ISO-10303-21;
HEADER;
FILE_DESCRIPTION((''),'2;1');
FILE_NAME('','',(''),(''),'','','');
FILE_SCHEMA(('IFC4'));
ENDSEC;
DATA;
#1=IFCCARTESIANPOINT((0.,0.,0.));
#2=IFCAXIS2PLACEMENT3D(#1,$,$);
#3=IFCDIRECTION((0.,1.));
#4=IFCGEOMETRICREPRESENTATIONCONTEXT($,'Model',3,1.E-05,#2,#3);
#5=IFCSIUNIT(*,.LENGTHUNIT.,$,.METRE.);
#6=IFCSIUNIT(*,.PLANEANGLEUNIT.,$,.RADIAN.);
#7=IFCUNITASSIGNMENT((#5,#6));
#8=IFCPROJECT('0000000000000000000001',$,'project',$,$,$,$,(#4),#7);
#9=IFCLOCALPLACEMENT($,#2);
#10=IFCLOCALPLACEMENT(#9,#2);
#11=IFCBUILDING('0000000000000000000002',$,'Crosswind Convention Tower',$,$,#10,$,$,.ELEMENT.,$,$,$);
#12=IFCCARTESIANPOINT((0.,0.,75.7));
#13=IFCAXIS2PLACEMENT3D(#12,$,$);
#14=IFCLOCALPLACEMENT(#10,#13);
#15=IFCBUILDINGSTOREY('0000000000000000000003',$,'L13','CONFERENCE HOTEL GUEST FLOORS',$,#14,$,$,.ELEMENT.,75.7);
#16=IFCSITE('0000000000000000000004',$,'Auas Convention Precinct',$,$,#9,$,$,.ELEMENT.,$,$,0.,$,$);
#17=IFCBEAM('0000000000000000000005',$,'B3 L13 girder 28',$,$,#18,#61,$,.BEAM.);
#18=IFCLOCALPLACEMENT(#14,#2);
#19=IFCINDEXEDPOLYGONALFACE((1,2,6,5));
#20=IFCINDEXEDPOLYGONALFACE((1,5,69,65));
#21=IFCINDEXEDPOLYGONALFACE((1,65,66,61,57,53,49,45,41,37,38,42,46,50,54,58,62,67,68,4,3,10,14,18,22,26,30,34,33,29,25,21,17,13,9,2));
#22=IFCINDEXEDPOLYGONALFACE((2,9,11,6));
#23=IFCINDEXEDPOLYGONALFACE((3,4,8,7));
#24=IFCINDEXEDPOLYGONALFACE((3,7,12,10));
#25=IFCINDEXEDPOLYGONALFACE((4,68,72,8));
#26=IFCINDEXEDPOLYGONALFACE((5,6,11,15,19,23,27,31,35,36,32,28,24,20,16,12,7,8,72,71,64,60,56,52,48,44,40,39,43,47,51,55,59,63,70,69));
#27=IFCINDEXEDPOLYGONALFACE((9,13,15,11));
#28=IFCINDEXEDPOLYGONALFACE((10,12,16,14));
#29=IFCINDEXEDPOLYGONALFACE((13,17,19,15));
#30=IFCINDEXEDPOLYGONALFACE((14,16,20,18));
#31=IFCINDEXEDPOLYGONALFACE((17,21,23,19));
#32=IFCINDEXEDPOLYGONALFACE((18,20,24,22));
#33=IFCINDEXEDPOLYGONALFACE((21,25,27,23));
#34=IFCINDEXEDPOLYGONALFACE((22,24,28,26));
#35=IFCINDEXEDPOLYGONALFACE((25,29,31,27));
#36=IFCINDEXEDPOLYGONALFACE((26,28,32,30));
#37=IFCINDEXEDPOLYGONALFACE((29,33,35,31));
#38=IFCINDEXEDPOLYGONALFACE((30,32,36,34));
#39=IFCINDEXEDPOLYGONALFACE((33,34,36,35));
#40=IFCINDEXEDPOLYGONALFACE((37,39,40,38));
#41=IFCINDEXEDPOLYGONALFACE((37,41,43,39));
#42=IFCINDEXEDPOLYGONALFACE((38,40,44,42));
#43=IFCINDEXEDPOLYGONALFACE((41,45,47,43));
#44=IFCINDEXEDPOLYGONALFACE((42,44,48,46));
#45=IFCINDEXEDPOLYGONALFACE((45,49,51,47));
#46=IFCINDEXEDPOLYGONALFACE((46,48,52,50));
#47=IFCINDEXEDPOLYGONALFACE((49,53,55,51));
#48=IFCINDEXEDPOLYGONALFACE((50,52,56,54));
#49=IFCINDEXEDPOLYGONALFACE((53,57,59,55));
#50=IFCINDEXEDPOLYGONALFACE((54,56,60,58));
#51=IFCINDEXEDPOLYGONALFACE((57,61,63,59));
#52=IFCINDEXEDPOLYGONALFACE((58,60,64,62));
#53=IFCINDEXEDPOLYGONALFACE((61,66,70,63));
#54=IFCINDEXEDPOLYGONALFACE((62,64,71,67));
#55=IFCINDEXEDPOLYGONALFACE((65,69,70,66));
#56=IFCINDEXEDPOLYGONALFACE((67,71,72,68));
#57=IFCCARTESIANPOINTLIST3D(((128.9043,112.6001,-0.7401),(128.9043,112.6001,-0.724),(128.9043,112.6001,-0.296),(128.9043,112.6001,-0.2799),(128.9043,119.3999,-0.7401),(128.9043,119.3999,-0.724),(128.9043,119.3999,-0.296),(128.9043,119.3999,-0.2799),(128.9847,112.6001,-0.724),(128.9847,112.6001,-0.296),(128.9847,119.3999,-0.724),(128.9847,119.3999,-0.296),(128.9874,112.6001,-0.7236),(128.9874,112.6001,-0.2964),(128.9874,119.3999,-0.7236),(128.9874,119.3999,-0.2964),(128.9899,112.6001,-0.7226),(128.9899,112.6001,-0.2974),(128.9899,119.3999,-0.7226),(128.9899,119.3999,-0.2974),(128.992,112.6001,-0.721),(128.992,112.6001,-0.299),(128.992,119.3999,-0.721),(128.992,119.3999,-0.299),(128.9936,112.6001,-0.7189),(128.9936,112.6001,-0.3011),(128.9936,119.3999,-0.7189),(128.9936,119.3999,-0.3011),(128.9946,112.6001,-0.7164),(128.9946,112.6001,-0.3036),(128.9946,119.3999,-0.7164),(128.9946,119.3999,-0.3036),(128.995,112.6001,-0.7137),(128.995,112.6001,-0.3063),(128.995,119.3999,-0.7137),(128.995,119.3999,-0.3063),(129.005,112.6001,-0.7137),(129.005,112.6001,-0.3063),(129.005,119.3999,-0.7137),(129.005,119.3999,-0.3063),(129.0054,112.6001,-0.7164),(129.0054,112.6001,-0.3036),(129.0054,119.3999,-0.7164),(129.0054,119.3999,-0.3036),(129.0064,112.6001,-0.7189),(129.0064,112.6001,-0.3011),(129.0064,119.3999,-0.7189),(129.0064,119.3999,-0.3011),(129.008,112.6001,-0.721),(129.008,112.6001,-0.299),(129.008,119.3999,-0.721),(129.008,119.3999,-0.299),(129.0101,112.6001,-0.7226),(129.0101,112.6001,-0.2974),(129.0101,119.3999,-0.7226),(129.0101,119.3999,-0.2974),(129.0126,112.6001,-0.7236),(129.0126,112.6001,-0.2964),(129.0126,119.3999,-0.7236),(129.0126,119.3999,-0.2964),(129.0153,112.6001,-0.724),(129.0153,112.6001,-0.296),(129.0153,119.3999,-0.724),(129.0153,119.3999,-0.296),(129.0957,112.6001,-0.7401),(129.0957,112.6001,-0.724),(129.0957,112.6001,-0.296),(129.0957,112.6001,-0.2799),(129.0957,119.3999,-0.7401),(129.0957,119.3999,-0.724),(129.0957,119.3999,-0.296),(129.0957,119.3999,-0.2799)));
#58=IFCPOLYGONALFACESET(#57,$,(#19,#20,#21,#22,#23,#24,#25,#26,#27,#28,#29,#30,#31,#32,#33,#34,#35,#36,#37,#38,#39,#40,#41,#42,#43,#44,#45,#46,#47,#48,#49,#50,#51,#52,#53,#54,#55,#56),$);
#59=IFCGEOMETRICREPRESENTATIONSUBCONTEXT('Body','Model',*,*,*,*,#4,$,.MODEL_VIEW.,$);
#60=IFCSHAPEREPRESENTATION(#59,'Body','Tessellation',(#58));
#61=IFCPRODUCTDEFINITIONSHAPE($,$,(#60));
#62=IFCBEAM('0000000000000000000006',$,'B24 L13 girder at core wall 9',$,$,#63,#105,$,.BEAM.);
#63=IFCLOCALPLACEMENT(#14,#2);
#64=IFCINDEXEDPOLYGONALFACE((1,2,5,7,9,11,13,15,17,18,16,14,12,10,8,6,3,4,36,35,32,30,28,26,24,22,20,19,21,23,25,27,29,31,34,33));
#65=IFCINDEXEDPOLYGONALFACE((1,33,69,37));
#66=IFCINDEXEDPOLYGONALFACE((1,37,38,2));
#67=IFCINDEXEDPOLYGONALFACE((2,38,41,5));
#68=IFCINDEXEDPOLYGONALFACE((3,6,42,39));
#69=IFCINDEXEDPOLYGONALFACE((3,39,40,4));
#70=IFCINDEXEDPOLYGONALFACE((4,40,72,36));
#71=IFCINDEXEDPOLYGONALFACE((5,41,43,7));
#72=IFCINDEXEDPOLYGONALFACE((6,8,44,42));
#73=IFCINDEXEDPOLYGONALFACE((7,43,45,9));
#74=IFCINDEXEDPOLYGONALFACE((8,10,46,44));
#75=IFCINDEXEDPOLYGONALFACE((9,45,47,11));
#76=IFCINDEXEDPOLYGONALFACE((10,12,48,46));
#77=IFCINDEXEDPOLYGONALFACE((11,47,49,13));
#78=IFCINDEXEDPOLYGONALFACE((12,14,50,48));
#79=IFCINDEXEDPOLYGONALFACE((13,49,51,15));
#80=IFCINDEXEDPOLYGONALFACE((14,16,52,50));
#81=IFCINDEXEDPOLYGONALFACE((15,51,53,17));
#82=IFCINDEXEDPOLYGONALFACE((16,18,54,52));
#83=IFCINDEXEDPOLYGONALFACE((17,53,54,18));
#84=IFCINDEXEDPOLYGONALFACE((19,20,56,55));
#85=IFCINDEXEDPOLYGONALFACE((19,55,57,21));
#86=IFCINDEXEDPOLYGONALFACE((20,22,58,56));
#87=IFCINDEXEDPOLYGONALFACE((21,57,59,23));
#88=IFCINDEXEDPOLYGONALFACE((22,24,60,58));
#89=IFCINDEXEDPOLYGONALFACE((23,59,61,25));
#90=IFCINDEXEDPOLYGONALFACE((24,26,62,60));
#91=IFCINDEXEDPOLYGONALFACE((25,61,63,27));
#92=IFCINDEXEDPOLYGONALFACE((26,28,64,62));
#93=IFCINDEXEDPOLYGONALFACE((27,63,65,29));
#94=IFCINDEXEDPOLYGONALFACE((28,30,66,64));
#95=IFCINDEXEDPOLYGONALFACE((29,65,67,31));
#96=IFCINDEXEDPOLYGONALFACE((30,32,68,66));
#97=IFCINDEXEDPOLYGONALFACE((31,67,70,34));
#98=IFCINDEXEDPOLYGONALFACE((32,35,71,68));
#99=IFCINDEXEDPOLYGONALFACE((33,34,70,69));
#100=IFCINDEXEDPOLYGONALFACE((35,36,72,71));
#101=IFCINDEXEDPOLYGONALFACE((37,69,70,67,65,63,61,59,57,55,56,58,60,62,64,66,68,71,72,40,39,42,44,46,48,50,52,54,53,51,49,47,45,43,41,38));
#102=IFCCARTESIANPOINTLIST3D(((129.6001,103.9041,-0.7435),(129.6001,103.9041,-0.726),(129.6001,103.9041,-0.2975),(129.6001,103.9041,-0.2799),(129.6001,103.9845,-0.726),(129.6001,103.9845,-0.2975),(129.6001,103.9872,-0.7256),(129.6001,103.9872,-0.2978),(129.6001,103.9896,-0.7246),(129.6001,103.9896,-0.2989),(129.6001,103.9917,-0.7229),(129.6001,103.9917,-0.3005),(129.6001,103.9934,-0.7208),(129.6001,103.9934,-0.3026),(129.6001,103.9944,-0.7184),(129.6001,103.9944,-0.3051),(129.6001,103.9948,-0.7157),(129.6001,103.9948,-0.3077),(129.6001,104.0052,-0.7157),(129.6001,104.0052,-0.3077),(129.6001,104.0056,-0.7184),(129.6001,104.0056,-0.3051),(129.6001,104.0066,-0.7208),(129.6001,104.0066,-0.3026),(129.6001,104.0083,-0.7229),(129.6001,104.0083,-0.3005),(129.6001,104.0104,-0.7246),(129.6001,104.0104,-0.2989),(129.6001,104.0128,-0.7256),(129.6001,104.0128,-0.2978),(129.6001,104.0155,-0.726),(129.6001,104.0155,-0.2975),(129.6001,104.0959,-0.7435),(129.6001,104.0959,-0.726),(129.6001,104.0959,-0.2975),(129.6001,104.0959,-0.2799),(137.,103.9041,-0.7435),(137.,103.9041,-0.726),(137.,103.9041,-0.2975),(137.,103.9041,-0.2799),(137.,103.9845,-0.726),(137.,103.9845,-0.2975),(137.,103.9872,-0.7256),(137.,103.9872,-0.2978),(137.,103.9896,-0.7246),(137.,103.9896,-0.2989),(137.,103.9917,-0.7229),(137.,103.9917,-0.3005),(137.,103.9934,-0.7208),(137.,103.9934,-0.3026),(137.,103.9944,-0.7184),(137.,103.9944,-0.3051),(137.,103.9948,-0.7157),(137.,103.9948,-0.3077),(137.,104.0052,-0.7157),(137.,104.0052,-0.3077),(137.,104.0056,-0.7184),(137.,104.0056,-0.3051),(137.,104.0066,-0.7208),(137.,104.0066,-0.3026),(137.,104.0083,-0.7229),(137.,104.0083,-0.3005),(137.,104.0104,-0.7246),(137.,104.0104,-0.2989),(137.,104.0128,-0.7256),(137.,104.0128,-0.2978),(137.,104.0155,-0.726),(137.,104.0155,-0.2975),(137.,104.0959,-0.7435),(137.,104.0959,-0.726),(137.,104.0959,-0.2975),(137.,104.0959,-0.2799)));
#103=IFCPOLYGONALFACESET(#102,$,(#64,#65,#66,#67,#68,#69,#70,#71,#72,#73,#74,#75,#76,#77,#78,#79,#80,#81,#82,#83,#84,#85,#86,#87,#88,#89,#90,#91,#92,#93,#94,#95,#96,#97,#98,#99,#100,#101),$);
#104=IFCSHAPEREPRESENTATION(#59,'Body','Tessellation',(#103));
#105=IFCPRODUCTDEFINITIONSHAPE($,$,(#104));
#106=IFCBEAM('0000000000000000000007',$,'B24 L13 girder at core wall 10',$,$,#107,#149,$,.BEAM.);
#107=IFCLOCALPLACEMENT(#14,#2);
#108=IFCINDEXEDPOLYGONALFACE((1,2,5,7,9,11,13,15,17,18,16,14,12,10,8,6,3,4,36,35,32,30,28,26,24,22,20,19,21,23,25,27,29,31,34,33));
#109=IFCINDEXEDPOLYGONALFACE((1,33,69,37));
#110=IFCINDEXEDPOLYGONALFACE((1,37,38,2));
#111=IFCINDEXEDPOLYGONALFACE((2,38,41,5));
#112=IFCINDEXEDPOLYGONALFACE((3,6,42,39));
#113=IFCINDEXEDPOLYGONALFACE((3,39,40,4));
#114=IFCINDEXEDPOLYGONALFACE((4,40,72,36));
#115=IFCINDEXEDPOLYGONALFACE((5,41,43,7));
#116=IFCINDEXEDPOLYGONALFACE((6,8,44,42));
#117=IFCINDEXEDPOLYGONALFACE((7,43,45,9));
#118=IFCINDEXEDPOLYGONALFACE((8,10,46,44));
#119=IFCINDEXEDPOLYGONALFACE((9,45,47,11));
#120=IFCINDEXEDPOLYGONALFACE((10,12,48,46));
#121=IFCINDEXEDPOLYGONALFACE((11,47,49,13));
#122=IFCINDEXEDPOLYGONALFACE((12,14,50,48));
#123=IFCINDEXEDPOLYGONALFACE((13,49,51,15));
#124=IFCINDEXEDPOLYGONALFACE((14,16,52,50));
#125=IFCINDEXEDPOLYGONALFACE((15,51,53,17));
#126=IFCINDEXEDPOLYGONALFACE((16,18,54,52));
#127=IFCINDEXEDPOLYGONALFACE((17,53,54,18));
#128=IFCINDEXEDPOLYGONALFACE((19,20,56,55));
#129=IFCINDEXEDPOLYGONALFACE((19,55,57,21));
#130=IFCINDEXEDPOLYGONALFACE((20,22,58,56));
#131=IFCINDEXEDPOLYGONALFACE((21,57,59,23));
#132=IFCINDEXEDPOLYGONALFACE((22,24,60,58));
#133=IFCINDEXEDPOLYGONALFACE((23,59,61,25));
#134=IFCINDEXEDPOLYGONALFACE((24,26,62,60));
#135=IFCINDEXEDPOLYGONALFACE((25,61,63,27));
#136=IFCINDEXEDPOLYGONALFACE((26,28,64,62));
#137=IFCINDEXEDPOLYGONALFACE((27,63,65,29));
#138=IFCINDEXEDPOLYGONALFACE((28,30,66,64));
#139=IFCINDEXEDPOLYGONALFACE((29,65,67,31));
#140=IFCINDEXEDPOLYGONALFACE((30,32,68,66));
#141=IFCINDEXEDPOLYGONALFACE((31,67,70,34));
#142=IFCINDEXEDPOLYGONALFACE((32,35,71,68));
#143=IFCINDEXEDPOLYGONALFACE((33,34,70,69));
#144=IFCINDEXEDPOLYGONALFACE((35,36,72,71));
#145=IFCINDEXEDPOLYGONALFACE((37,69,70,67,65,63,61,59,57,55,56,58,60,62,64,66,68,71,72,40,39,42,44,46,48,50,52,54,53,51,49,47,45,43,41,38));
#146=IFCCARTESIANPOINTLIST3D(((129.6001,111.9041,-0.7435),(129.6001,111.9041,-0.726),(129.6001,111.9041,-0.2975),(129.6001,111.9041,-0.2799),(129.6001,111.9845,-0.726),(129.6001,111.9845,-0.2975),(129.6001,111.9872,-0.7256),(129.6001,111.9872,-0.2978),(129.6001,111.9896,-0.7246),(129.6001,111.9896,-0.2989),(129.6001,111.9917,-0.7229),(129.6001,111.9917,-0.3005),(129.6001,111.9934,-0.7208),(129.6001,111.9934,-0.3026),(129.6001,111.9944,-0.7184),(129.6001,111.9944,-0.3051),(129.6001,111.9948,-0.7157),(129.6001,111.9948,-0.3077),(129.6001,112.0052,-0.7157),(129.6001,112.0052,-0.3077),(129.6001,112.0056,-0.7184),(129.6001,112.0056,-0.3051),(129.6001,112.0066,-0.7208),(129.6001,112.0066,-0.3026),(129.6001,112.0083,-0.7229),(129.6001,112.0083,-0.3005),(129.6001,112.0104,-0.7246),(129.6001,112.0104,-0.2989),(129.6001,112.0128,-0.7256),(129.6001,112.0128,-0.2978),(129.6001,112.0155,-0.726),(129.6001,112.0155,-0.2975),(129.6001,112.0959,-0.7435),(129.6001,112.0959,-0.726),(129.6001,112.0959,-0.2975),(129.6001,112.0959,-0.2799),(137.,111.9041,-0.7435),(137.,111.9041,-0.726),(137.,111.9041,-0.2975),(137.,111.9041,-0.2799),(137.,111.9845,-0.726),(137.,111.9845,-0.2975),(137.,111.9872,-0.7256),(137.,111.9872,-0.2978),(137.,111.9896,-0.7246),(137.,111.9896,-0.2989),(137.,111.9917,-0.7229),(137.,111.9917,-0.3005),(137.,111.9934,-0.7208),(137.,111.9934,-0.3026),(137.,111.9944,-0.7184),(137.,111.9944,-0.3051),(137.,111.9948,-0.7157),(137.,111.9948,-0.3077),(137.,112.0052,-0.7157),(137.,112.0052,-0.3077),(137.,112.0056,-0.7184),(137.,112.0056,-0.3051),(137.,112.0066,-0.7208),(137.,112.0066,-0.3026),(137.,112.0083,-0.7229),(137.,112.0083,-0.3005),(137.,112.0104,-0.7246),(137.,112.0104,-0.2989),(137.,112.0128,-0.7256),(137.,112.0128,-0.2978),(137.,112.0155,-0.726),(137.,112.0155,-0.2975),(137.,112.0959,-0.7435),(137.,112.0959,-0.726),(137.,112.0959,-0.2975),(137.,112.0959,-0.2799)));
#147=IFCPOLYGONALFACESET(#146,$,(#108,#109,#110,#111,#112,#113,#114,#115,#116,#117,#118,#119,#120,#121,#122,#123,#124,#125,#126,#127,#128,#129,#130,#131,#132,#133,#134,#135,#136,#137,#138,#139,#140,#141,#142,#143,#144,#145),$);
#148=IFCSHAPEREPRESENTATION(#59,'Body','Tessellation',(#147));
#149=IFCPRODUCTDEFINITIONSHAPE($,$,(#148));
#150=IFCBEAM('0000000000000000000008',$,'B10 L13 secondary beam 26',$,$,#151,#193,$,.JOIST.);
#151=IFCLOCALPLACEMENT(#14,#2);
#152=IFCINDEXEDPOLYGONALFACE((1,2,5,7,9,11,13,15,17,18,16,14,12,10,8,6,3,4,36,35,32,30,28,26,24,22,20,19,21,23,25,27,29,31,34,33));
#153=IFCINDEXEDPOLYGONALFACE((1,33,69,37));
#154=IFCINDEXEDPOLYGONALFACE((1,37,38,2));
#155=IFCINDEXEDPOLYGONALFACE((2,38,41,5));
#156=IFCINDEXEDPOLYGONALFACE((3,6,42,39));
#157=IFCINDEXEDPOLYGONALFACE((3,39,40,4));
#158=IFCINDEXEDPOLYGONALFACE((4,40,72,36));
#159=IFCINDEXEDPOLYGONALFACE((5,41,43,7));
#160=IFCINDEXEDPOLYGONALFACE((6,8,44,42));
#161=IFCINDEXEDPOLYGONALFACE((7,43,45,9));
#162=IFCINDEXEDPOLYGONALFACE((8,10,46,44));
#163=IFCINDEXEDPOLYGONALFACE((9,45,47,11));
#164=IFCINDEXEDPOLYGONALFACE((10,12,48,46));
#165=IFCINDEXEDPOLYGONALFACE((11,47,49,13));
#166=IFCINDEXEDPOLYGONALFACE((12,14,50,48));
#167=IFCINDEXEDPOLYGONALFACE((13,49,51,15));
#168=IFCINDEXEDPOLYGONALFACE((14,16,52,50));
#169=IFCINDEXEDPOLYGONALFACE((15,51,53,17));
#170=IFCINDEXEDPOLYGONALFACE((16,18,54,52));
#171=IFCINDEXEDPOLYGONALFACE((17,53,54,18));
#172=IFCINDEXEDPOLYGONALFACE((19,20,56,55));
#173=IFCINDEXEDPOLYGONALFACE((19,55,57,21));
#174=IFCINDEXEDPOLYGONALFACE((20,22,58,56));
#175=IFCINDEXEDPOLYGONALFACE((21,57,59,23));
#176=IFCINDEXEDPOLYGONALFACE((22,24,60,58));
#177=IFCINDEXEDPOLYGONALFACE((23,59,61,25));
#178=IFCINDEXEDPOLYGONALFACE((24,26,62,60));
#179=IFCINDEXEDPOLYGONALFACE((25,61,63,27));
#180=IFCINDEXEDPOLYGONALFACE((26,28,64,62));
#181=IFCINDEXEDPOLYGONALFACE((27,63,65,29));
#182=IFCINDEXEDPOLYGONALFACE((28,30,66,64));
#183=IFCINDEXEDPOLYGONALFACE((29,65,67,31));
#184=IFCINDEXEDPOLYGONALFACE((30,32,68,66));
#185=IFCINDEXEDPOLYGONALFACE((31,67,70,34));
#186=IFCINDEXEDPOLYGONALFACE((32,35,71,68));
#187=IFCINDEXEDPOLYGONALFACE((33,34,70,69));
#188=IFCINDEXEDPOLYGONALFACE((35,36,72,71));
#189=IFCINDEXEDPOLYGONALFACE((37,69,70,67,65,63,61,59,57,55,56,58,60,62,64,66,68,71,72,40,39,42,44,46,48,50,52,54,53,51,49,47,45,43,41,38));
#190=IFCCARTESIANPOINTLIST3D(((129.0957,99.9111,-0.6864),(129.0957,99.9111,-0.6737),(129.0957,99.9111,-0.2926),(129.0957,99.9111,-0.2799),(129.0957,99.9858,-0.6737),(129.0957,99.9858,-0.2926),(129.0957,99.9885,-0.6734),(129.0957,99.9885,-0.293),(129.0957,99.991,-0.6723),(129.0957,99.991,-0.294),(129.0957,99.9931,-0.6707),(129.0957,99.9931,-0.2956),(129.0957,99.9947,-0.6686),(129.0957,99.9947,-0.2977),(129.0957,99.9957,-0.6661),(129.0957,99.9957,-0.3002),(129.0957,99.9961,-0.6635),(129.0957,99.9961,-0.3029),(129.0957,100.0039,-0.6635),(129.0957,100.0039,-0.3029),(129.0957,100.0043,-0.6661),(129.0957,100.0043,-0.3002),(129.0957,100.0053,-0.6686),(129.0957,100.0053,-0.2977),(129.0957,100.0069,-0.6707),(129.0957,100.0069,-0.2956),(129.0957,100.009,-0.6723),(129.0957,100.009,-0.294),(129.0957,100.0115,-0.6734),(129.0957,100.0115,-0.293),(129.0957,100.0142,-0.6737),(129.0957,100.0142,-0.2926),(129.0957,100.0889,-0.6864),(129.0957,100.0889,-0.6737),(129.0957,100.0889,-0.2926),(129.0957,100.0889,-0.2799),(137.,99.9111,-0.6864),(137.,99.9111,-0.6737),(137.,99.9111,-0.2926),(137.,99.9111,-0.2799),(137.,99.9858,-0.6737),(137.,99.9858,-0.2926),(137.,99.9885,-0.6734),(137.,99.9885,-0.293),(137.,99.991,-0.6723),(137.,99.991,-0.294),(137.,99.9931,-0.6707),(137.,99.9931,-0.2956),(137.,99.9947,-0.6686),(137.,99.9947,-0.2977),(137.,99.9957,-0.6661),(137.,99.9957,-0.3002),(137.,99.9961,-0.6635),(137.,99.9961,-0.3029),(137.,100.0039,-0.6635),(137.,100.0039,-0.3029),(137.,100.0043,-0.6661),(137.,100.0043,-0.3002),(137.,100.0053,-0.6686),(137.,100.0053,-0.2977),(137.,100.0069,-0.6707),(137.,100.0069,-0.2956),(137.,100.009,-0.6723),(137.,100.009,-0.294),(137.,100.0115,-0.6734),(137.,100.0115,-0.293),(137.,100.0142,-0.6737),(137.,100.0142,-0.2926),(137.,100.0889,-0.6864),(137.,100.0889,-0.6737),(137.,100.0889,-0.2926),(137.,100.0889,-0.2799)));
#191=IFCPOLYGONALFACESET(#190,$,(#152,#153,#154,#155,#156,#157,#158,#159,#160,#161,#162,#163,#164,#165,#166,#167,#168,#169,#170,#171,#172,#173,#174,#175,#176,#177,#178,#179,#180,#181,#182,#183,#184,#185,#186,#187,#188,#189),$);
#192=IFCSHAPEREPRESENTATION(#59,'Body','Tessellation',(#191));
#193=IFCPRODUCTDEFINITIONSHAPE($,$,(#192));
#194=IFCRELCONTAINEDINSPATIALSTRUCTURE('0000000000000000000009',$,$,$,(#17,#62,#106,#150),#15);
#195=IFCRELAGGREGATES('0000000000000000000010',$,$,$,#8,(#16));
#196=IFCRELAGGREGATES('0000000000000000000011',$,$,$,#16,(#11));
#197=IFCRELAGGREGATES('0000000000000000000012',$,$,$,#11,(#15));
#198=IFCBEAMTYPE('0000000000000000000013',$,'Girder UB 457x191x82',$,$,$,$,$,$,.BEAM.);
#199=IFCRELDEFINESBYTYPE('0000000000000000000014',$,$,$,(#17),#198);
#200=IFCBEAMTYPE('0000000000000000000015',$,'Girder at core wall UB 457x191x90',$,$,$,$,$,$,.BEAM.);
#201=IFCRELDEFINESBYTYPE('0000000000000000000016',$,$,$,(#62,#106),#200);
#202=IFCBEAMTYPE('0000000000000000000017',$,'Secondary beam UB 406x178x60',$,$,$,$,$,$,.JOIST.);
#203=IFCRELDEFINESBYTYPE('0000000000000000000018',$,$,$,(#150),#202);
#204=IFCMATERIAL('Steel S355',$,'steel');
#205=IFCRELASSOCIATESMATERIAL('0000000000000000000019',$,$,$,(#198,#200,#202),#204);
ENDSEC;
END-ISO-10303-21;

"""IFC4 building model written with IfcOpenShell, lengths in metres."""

from ifc_helpers import new_model, si_unit, direction, frame, origin, origin_2d, place, context, subcontext, project, spatial, i_section, extrude, material, material_profile, profile_set, type_object, element, save


model = new_model("IFC4")

# Units and contexts
model_context = context("Model", 3, precision=1e-05, world=origin(), true_north=direction((0.0, 1.0)))
body_context = subcontext(model_context, "Body", "Model", "MODEL_VIEW")
ifc_project = project(units=[si_unit("LENGTHUNIT", "METRE"), si_unit("PLANEANGLEUNIT", "RADIAN")], contexts=[model_context])

# Site, building, storey
site_placement = place(None, origin())
site = spatial("IfcSite", under=ifc_project, at=site_placement, Name="Auas Convention Precinct", CompositionType="ELEMENT", RefElevation=0.0)
building_placement = place(site_placement, origin())
building = spatial("IfcBuilding", under=site, at=building_placement, Name="Crosswind Convention Tower", CompositionType="ELEMENT")
storey_placement = place(building_placement, frame((0.0, 0.0, 75.7)))
storey = spatial("IfcBuildingStorey", under=building, at=storey_placement, Name="L13", Description="CONFERENCE HOTEL GUEST FLOORS", CompositionType="ELEMENT", Elevation=75.7)

# Beams
ifc_material_1 = material(Name="Steel S355", Category="steel")
ifc_material_profile_1 = material_profile(ifc_material_1, i_section(OverallWidth=0.1914, OverallDepth=0.4602, WebThickness=0.01, FlangeThickness=0.0161, FilletRadius=0.0103, at=origin_2d()), Name="UB 457x191x82")
ifc_profile_set_1 = profile_set([ifc_material_profile_1], Name="Steel S355")
beam_type_1 = type_object("IfcBeamType", Name="Girder UB 457x191x82", PredefinedType="BEAM", material=ifc_profile_set_1)
for number, where, z_axis, x_axis, name in (
    (1, (129.0, 112.6001, -0.51), (0.0, 1.0, 0.0), (-1.0, 0.0, 0.0), "B3 L13 girder 28"),
):
    element("IfcBeam", number, at=place(storey_placement, frame(where, z_axis=z_axis, x_axis=x_axis)), inside=storey, type_object=beam_type_1, Name=name, PredefinedType="BEAM", context=body_context, shape_type="SweptSolid", body=[
        extrude(i_section(OverallWidth=0.1914, OverallDepth=0.4602, WebThickness=0.01, FlangeThickness=0.0161, FilletRadius=0.0103, at=origin_2d()), origin(), (0.0, 0.0, 1.0), 6.7998),
    ])
ifc_material_profile_2 = material_profile(ifc_material_1, i_section(OverallWidth=0.1919, OverallDepth=0.4636, WebThickness=0.0105, FlangeThickness=0.0176, FilletRadius=0.0103, at=origin_2d()), Name="UB 457x191x90")
ifc_profile_set_2 = profile_set([ifc_material_profile_2], Name="Steel S355")
beam_type_2 = type_object("IfcBeamType", Name="Girder at core wall UB 457x191x90", PredefinedType="BEAM", material=ifc_profile_set_2)
for number, where, z_axis, x_axis, name in (
    (2, (129.6001, 104.0, -0.5117), (1.0, 0.0, 0.0), (0.0, 1.0, 0.0), "B24 L13 girder at core wall 9"),
    (3, (129.6001, 112.0, -0.5117), (1.0, 0.0, 0.0), (0.0, 1.0, 0.0), "B24 L13 girder at core wall 10"),
):
    element("IfcBeam", number, at=place(storey_placement, frame(where, z_axis=z_axis, x_axis=x_axis)), inside=storey, type_object=beam_type_2, Name=name, PredefinedType="BEAM", context=body_context, shape_type="SweptSolid", body=[
        extrude(i_section(OverallWidth=0.1919, OverallDepth=0.4636, WebThickness=0.0105, FlangeThickness=0.0176, FilletRadius=0.0103, at=origin_2d()), origin(), (0.0, 0.0, 1.0), 7.3999),
    ])
ifc_material_profile_3 = material_profile(ifc_material_1, i_section(OverallWidth=0.1777, OverallDepth=0.4065, WebThickness=0.0078, FlangeThickness=0.0127, FilletRadius=0.0103, at=origin_2d()), Name="UB 406x178x60")
ifc_profile_set_3 = profile_set([ifc_material_profile_3], Name="Steel S355")
beam_type_3 = type_object("IfcBeamType", Name="Secondary beam UB 406x178x60", PredefinedType="JOIST", material=ifc_profile_set_3)
for number, where, z_axis, x_axis, name in (
    (4, (129.0957, 100.0, -0.4832), (1.0, 0.0, 0.0), (0.0, 1.0, 0.0), "B10 L13 secondary beam 26"),
):
    element("IfcBeam", number, at=place(storey_placement, frame(where, z_axis=z_axis, x_axis=x_axis)), inside=storey, type_object=beam_type_3, Name=name, PredefinedType="JOIST", context=body_context, shape_type="SweptSolid", body=[
        extrude(i_section(OverallWidth=0.1777, OverallDepth=0.4065, WebThickness=0.0078, FlangeThickness=0.0127, FilletRadius=0.0103, at=origin_2d()), origin(), (0.0, 0.0, 1.0), 7.9043),
    ])

save(model, "model.ifc")
